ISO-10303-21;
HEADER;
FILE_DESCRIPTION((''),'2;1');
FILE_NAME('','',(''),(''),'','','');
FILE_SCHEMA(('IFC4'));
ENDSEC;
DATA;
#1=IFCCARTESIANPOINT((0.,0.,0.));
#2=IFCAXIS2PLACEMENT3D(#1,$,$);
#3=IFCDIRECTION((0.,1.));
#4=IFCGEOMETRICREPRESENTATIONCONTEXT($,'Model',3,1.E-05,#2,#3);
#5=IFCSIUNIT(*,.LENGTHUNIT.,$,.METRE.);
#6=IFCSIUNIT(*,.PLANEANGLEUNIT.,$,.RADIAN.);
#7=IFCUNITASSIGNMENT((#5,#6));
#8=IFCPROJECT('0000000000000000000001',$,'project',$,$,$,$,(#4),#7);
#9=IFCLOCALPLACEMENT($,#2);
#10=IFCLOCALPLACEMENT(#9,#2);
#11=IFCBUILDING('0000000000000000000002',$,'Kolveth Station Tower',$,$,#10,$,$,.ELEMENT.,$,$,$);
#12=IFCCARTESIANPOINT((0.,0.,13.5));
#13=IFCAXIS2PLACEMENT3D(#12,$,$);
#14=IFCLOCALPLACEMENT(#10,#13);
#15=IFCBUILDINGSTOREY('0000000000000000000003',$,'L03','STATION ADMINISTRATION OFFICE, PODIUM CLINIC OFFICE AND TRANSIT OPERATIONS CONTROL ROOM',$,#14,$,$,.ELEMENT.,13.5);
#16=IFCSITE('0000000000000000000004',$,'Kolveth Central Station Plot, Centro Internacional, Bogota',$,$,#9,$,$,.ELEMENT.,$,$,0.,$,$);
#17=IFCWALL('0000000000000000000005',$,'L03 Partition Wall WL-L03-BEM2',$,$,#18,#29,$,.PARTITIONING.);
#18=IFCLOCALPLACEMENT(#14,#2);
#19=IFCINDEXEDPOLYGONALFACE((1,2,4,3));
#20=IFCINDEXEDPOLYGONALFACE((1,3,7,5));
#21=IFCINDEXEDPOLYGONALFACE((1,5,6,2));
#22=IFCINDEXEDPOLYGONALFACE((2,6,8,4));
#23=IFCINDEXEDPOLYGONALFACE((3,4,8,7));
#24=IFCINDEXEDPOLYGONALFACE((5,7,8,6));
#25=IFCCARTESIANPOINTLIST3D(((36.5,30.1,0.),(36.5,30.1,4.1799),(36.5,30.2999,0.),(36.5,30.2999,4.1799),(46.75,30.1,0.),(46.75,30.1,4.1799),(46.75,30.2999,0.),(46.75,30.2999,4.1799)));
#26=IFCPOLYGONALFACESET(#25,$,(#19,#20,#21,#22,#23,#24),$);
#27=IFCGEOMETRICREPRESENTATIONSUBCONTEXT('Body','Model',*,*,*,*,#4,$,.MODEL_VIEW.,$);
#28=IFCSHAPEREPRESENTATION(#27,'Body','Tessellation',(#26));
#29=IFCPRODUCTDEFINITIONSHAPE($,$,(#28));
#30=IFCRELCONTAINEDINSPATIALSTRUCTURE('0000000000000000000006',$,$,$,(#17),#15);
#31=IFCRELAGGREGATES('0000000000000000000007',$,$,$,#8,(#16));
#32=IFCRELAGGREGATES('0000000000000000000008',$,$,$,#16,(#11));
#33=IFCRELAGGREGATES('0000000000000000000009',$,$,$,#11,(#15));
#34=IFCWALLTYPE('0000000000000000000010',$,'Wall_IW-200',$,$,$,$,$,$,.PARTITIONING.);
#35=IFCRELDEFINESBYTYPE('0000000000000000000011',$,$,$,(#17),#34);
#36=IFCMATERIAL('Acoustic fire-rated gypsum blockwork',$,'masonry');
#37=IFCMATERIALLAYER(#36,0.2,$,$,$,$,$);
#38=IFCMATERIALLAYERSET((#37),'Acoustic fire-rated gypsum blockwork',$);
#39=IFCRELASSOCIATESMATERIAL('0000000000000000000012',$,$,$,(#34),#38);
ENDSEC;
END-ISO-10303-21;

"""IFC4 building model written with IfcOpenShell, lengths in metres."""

from ifc_helpers import new_model, si_unit, direction, frame, frame_2d, origin, place, context, subcontext, project, spatial, rectangle, extrude, material, layer, layer_set, type_object, element, save


model = new_model("IFC4")

# Units and contexts
model_context = context("Model", 3, precision=1e-05, world=origin(), true_north=direction((0.0, 1.0)))
body_context = subcontext(model_context, "Body", "Model", "MODEL_VIEW")
ifc_project = project(units=[si_unit("LENGTHUNIT", "METRE"), si_unit("PLANEANGLEUNIT", "RADIAN")], contexts=[model_context])

# Site, building, storey
site_placement = place(None, origin())
site = spatial("IfcSite", under=ifc_project, at=site_placement, Name="Kolveth Central Station Plot, Centro Internacional, Bogota", CompositionType="ELEMENT", RefElevation=0.0)
building_placement = place(site_placement, origin())
building = spatial("IfcBuilding", under=site, at=building_placement, Name="Kolveth Station Tower", CompositionType="ELEMENT")
storey_placement = place(building_placement, frame((0.0, 0.0, 13.5)))
storey = spatial("IfcBuildingStorey", under=building, at=storey_placement, Name="L03", Description="STATION ADMINISTRATION OFFICE, PODIUM CLINIC OFFICE AND TRANSIT OPERATIONS CONTROL ROOM", CompositionType="ELEMENT", Elevation=13.5)

# Shared definitions
ifc_material_1 = material(Name="Acoustic fire-rated gypsum blockwork", Category="masonry")
ifc_layer_1 = layer(ifc_material_1, 0.2)
ifc_layer_set_1 = layer_set([ifc_layer_1], Name="Acoustic fire-rated gypsum blockwork")
wall_type_1 = type_object("IfcWallType", Name="Wall_IW-200", PredefinedType="PARTITIONING", material=ifc_layer_set_1)

# Wall
wall_1_placement = place(storey_placement, frame((36.5, 30.2, 0.0), z_axis=(0.0, 0.0, 1.0), x_axis=(1.0, 0.0, 0.0)))
element("IfcWall", 1, at=wall_1_placement, inside=storey, type_object=wall_type_1, Name="L03 Partition Wall WL-L03-BEM2", PredefinedType="PARTITIONING", context=body_context, shape_type="SweptSolid", body=[
    extrude(rectangle(XDim=10.25, YDim=0.2, at=frame_2d((5.125, 0.0))), origin(), (0.0, 0.0, 1.0), 4.1799),
])

save(model, "model.ifc")
